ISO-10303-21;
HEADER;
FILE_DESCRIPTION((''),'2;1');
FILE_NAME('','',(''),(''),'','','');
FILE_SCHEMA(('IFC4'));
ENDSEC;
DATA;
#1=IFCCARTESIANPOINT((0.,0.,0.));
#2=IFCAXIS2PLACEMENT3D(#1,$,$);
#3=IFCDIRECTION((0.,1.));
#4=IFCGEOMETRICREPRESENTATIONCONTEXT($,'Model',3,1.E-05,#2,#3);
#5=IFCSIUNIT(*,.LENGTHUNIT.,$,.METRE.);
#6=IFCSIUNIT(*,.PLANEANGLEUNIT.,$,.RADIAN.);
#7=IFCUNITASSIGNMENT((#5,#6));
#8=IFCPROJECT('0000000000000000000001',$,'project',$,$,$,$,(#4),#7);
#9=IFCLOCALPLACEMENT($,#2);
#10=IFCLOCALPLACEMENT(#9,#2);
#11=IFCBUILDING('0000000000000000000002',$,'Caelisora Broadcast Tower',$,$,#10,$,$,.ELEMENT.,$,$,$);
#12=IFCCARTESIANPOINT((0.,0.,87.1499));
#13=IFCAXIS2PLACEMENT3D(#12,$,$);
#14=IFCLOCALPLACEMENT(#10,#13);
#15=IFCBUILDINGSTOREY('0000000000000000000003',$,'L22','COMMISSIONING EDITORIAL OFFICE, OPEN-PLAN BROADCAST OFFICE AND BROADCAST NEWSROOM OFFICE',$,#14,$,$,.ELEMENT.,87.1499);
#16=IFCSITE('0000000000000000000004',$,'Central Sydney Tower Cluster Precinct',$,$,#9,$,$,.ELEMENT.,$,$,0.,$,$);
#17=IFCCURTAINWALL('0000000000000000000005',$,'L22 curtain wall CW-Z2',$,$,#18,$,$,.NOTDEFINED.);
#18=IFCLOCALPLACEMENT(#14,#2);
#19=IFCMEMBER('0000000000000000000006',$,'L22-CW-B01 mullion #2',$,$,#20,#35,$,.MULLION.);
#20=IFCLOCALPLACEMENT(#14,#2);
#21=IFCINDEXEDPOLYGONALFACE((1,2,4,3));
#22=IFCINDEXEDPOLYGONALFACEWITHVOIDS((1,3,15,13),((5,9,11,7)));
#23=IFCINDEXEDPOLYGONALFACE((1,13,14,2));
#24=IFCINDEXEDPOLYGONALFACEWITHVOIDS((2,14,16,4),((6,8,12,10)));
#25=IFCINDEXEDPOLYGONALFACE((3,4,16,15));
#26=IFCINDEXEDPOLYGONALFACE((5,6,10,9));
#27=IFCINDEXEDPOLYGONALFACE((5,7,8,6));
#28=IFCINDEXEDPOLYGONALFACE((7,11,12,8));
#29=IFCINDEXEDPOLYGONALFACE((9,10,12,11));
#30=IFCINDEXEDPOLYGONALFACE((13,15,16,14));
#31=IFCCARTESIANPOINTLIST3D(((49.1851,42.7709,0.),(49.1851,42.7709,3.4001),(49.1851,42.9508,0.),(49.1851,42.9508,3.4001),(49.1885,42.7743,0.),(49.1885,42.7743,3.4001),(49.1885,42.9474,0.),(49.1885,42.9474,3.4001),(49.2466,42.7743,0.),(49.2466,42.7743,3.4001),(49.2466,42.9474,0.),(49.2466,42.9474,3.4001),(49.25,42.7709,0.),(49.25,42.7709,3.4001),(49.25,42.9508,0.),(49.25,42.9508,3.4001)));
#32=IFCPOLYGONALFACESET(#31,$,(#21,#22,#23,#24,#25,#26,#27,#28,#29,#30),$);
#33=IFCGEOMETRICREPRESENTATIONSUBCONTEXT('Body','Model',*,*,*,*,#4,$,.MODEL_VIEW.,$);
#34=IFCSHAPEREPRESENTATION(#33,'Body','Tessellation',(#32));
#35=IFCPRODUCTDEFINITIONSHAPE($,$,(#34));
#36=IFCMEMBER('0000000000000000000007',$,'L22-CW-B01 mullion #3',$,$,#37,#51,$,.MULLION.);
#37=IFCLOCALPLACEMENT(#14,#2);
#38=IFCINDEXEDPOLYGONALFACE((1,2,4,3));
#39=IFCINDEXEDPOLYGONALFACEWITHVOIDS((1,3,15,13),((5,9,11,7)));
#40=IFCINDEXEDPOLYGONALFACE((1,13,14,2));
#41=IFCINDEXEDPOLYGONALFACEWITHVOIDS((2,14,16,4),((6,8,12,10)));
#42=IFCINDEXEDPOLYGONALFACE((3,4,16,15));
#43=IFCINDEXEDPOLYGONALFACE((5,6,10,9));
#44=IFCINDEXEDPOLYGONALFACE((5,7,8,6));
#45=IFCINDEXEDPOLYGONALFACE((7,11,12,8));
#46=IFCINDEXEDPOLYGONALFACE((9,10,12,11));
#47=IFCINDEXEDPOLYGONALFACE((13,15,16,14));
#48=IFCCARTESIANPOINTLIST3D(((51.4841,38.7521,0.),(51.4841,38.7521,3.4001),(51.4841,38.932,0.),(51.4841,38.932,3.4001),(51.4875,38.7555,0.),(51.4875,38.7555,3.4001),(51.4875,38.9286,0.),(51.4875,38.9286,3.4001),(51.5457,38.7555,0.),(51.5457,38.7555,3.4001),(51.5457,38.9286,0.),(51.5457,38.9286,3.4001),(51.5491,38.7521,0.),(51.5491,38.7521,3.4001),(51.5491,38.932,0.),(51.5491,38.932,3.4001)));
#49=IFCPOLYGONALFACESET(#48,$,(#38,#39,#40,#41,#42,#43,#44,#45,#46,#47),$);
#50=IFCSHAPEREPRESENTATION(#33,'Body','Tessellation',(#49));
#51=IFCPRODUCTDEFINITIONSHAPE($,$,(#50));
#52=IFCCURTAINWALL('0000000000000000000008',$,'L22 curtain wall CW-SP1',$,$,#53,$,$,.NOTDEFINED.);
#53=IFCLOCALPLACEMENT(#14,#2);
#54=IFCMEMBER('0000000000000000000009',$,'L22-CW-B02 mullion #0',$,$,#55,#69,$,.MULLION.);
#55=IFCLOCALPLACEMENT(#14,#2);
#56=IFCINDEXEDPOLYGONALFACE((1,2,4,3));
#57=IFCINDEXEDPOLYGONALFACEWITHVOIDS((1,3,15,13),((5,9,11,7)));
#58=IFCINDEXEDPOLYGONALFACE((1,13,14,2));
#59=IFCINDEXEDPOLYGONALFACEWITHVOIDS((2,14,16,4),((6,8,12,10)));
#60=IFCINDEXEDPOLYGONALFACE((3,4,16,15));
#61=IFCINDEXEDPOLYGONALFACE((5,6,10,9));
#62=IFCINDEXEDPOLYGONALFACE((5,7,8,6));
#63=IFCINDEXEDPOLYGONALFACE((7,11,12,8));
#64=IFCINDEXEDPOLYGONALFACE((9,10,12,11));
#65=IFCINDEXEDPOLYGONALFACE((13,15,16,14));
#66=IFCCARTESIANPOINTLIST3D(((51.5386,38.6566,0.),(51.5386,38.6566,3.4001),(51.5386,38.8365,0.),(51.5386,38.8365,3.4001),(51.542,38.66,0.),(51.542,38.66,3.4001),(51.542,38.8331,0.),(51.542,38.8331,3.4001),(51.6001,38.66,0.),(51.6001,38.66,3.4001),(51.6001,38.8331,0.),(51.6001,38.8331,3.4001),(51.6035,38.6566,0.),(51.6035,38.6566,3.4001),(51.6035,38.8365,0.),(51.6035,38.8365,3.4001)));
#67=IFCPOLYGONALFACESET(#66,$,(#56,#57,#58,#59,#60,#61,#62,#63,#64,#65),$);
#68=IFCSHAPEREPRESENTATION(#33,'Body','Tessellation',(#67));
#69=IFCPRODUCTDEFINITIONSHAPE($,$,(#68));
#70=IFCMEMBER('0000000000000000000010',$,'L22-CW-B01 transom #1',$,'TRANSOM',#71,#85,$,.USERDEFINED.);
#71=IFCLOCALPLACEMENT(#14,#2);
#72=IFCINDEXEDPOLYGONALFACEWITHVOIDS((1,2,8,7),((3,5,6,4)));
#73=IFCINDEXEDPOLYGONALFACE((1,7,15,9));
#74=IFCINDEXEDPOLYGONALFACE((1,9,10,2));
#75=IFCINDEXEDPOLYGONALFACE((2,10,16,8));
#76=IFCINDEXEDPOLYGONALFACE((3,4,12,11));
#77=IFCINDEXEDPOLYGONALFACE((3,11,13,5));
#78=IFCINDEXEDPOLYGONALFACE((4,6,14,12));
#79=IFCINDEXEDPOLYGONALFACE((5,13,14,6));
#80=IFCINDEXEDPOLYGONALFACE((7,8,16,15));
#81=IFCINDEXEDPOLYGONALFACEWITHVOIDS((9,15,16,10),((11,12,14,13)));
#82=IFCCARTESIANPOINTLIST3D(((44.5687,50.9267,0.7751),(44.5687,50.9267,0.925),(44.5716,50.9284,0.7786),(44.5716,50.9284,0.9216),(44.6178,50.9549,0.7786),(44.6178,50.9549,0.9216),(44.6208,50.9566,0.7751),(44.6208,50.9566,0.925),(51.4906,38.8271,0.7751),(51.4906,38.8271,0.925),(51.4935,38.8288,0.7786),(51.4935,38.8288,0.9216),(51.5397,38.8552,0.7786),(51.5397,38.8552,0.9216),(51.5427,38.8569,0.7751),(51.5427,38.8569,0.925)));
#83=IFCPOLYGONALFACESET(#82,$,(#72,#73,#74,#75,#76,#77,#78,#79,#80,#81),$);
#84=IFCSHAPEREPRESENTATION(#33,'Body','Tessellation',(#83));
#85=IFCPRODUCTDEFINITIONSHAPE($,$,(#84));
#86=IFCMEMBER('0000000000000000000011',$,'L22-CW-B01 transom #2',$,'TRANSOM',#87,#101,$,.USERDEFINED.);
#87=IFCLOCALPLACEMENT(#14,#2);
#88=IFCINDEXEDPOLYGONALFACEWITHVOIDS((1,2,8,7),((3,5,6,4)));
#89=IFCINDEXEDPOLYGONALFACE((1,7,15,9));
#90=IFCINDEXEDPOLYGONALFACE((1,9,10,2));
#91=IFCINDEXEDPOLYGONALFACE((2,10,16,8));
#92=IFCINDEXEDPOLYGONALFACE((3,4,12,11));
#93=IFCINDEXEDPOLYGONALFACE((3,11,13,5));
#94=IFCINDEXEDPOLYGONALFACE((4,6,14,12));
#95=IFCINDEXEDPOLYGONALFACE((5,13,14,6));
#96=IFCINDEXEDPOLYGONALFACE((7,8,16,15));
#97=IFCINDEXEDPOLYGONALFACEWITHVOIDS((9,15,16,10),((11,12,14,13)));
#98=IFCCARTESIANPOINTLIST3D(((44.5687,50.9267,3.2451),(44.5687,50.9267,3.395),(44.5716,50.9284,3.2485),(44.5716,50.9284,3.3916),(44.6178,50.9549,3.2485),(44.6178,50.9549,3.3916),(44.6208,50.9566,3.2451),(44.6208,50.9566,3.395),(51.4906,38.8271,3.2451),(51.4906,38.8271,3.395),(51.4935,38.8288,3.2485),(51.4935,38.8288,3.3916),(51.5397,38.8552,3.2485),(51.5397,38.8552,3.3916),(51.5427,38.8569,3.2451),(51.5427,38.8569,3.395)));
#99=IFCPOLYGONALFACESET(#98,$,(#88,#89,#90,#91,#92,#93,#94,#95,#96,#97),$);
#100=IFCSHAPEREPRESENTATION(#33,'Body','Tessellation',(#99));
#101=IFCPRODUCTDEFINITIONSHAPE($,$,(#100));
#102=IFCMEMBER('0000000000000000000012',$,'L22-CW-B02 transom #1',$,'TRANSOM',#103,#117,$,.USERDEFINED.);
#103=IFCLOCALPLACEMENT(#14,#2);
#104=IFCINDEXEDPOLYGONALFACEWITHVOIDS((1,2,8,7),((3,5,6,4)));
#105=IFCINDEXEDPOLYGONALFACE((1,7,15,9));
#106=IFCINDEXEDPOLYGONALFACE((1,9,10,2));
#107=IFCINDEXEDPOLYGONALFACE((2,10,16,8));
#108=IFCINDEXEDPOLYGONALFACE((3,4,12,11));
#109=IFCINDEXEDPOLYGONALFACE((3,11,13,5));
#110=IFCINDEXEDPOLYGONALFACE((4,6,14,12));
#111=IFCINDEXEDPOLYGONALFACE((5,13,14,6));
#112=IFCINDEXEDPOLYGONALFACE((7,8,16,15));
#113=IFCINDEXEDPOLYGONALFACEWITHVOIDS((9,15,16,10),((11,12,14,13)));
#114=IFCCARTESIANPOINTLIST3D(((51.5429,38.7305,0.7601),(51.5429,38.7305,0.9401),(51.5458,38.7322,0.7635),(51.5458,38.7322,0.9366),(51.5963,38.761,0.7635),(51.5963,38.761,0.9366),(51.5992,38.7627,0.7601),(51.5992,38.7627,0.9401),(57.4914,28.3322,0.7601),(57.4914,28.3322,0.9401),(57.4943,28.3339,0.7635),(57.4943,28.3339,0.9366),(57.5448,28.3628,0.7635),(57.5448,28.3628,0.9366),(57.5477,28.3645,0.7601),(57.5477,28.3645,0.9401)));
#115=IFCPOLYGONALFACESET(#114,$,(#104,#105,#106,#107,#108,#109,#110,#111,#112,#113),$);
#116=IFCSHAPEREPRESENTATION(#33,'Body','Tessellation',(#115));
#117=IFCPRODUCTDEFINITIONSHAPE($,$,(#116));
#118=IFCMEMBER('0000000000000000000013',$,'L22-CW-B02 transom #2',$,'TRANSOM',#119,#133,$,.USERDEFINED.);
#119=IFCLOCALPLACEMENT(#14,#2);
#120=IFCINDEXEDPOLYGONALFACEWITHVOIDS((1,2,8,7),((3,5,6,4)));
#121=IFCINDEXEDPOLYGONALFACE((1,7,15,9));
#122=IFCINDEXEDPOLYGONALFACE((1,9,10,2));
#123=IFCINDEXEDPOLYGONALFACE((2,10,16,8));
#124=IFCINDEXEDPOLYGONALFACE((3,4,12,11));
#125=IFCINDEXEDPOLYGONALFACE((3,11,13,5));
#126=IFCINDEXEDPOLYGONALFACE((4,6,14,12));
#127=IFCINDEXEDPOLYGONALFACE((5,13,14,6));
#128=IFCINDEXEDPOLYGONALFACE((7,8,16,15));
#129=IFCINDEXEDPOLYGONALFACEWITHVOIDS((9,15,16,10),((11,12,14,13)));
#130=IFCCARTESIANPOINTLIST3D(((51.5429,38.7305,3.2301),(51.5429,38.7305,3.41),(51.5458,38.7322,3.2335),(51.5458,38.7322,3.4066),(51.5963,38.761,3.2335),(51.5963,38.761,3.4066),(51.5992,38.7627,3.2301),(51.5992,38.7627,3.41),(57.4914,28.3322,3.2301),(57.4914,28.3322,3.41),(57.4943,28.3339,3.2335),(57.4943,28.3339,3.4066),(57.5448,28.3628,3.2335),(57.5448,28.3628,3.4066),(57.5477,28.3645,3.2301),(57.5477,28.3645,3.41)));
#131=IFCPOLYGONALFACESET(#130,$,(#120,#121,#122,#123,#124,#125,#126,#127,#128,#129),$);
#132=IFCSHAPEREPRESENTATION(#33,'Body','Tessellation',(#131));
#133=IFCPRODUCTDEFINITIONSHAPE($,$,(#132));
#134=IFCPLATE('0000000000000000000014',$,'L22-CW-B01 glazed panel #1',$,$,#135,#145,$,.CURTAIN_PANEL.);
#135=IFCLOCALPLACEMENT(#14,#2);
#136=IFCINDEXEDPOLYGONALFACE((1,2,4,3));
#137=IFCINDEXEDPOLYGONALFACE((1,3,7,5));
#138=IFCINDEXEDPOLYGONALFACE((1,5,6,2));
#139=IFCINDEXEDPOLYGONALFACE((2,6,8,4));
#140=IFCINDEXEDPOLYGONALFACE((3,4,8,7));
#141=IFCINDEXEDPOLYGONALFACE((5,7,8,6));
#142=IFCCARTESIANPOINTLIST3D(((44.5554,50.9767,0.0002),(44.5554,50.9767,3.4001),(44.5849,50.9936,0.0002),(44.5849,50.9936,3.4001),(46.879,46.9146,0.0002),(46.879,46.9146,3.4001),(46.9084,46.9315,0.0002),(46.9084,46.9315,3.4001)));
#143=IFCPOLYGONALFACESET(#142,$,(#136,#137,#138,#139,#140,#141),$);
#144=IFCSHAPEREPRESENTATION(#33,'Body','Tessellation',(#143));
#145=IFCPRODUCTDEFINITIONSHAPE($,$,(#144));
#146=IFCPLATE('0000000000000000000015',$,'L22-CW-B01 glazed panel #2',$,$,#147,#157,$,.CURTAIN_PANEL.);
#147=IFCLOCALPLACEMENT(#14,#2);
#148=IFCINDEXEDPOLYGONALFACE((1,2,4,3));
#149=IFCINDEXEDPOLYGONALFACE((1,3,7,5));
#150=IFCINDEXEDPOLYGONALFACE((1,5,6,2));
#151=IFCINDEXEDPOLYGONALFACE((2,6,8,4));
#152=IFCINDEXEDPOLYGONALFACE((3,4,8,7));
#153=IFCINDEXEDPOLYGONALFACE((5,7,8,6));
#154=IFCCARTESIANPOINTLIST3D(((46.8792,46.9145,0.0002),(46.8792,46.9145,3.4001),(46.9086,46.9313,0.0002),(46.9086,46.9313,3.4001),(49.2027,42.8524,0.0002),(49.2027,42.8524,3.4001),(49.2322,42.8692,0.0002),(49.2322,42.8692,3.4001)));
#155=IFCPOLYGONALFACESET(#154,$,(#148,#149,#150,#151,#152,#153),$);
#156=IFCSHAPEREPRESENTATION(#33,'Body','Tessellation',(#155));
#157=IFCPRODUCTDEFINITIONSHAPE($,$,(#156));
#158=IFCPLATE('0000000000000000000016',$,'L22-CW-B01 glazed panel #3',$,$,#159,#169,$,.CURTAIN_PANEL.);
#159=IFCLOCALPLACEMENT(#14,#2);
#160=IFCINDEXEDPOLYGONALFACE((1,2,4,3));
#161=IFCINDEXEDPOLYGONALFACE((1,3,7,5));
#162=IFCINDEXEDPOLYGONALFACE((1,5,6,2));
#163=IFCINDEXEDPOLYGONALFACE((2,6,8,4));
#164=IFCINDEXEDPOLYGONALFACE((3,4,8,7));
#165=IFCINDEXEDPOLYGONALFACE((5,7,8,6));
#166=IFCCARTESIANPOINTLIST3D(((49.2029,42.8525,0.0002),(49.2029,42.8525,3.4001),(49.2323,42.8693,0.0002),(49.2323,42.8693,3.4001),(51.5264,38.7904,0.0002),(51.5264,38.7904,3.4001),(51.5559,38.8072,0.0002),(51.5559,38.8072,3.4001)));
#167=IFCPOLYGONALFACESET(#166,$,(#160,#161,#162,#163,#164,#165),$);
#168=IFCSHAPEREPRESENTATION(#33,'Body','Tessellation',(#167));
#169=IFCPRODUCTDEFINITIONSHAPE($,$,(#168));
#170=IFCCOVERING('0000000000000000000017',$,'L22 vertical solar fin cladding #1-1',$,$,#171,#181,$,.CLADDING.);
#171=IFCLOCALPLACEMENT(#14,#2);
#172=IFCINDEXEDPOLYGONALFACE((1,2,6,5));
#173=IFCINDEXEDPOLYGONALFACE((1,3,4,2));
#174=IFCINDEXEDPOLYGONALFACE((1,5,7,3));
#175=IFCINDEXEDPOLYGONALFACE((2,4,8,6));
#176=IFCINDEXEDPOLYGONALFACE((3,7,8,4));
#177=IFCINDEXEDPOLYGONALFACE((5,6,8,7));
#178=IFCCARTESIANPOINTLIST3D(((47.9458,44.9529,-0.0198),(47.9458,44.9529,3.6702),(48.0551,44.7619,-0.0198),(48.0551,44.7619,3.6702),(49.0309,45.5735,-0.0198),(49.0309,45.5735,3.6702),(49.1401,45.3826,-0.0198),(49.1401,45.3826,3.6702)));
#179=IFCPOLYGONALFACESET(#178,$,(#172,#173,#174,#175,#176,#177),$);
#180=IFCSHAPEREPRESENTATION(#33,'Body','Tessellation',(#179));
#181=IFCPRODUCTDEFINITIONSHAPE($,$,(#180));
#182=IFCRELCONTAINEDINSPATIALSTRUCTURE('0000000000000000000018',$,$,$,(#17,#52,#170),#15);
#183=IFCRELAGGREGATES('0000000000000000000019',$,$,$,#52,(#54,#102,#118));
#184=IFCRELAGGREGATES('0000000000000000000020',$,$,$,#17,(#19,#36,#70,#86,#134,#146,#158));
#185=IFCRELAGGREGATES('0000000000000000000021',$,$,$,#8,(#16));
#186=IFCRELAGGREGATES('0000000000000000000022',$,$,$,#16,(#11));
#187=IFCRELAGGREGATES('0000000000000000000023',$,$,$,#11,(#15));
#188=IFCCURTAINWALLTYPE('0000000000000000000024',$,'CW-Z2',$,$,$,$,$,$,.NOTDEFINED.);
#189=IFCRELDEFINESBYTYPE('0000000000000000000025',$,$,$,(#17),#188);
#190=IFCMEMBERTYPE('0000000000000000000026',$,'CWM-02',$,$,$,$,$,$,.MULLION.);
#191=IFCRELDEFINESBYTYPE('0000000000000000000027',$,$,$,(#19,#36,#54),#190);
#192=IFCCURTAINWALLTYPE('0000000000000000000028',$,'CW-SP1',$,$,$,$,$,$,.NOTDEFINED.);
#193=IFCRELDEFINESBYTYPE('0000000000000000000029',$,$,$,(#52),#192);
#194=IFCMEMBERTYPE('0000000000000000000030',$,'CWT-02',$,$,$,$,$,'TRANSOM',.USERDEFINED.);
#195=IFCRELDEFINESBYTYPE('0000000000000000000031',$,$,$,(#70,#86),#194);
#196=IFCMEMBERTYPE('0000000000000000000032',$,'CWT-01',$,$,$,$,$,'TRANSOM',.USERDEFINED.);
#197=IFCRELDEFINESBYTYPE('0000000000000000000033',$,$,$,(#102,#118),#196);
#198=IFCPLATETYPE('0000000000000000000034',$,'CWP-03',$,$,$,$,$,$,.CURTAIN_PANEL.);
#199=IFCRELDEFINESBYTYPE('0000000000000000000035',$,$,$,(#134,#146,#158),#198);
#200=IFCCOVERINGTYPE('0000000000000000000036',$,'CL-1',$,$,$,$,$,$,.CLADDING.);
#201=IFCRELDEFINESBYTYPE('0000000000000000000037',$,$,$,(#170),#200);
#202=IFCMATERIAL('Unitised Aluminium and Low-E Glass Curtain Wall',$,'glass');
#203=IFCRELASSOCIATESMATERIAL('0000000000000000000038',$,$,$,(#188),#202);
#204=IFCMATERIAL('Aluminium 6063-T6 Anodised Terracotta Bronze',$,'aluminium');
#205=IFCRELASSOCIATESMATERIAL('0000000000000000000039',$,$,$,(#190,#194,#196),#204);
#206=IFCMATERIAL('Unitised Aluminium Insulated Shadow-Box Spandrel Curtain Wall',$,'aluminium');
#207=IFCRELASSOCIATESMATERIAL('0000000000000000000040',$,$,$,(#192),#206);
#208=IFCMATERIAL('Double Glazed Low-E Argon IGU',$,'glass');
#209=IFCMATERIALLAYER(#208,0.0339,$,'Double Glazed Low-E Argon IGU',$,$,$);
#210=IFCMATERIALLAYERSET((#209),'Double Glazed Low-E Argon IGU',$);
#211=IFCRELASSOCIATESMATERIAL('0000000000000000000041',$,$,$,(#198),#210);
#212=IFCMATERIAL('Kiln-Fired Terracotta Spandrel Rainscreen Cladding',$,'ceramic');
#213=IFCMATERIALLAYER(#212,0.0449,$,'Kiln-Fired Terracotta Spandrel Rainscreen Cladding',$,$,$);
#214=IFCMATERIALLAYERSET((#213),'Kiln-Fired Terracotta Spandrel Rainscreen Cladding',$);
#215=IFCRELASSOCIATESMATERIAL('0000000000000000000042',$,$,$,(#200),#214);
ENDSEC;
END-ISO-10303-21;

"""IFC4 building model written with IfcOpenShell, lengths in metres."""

from ifc_helpers import new_model, si_unit, direction, frame, origin, origin_2d, place, context, subcontext, project, spatial, rectangle, hollow_rectangle, extrude, source, transform, mapped, material, layer, layer_set, material_profile, profile_set, type_object, type_shapes, element, aggregate, save


model = new_model("IFC4")

# Units and contexts
model_context = context("Model", 3, precision=1e-05, world=origin(), true_north=direction((0.0, 1.0)))
body_context = subcontext(model_context, "Body", "Model", "MODEL_VIEW")
ifc_project = project(units=[si_unit("LENGTHUNIT", "METRE"), si_unit("PLANEANGLEUNIT", "RADIAN")], contexts=[model_context])

# Site, building, storey
site_placement = place(None, origin())
site = spatial("IfcSite", under=ifc_project, at=site_placement, Name="Central Sydney Tower Cluster Precinct", CompositionType="ELEMENT", RefElevation=0.0)
building_placement = place(site_placement, origin())
building = spatial("IfcBuilding", under=site, at=building_placement, Name="Caelisora Broadcast Tower", CompositionType="ELEMENT")
storey_placement = place(building_placement, frame((0.0, 0.0, 87.1499)))
storey = spatial("IfcBuildingStorey", under=building, at=storey_placement, Name="L22", Description="COMMISSIONING EDITORIAL OFFICE, OPEN-PLAN BROADCAST OFFICE AND BROADCAST NEWSROOM OFFICE", CompositionType="ELEMENT", Elevation=87.1499)

# Curtain wall, members
ifc_material_1 = material(Name="Unitised Aluminium and Low-E Glass Curtain Wall", Category="glass")
curtain_wall_type_1 = type_object("IfcCurtainWallType", Name="CW-Z2", PredefinedType="NOTDEFINED", material=ifc_material_1)
curtain_wall_1_placement = place(storey_placement, origin())
curtain_wall_1 = element("IfcCurtainWall", 1, at=curtain_wall_1_placement, inside=storey, type_object=curtain_wall_type_1, Name="L22 curtain wall CW-Z2", PredefinedType="NOTDEFINED")
ifc_material_2 = material(Name="Aluminium 6063-T6 Anodised Terracotta Bronze", Category="aluminium")
ifc_material_profile_1 = material_profile(ifc_material_2, hollow_rectangle(XDim=0.0649, YDim=0.1799, WallThickness=0.0034, at=origin_2d()), Name="Aluminium 6063-T6 Anodised Terracotta Bronze")
ifc_profile_set_1 = profile_set([ifc_material_profile_1], Name="Aluminium 6063-T6 Anodised Terracotta Bronze")
member_type_1 = type_object("IfcMemberType", Name="CWM-02", PredefinedType="MULLION", material=ifc_profile_set_1)
shared_shape_1 = source(origin(), body_context, "Body", "SweptSolid", [
    extrude(hollow_rectangle(XDim=0.0649, YDim=0.1799, WallThickness=0.0034, at=origin_2d()), origin(), (0.0, 0.0, 1.0), 3.4001),
])
type_shapes(member_type_1, [shared_shape_1])
member_1_placement = place(storey_placement, frame((49.2175, 42.8608, 0.0), z_axis=(0.0, 0.0, 1.0), x_axis=(1.0, 0.0, 0.0)))
member_1 = element("IfcMember", 2, at=member_1_placement, type_object=member_type_1, Name="L22-CW-B01 mullion #2", PredefinedType="MULLION", context=body_context, shape_type="MappedRepresentation", body=[
    mapped(shared_shape_1, transform((0.0, 0.0, 0.0), scale=1.0)),
])
member_2_placement = place(storey_placement, frame((51.5166, 38.842, 0.0), z_axis=(0.0, 0.0, 1.0), x_axis=(1.0, 0.0, 0.0)))
member_2 = element("IfcMember", 3, at=member_2_placement, type_object=member_type_1, Name="L22-CW-B01 mullion #3", PredefinedType="MULLION", context=body_context, shape_type="MappedRepresentation", body=[
    mapped(shared_shape_1, transform((0.0, 0.0, 0.0), scale=1.0)),
])

# Curtain wall, member
ifc_material_3 = material(Name="Unitised Aluminium Insulated Shadow-Box Spandrel Curtain Wall", Category="aluminium")
curtain_wall_type_2 = type_object("IfcCurtainWallType", Name="CW-SP1", PredefinedType="NOTDEFINED", material=ifc_material_3)
curtain_wall_2_placement = place(storey_placement, origin())
curtain_wall_2 = element("IfcCurtainWall", 4, at=curtain_wall_2_placement, inside=storey, type_object=curtain_wall_type_2, Name="L22 curtain wall CW-SP1", PredefinedType="NOTDEFINED")
member_3_placement = place(storey_placement, frame((51.571, 38.7466, 0.0), z_axis=(0.0, 0.0, 1.0), x_axis=(1.0, 0.0, 0.0)))
member_3 = element("IfcMember", 5, at=member_3_placement, type_object=member_type_1, Name="L22-CW-B02 mullion #0", PredefinedType="MULLION", context=body_context, shape_type="MappedRepresentation", body=[
    mapped(shared_shape_1, transform((0.0, 0.0, 0.0), scale=1.0)),
])

# Members
ifc_material_profile_2 = material_profile(ifc_material_2, hollow_rectangle(XDim=0.0601, YDim=0.1499, WallThickness=0.0034, at=origin_2d()), Name="Aluminium 6063-T6 Anodised Terracotta Bronze")
ifc_profile_set_2 = profile_set([ifc_material_profile_2], Name="Aluminium 6063-T6 Anodised Terracotta Bronze")
member_type_2 = type_object("IfcMemberType", Name="CWT-02", ElementType="TRANSOM", PredefinedType="USERDEFINED", material=ifc_profile_set_2)
shared_shape_2 = source(origin(), body_context, "Body", "SweptSolid", [
    extrude(hollow_rectangle(XDim=0.0601, YDim=0.1499, WallThickness=0.0034, at=origin_2d()), origin(), (0.0, 0.0, 1.0), 13.9397),
])
type_shapes(member_type_2, [shared_shape_2])
member_4_placement = place(storey_placement, frame((44.5947, 50.9417, 0.8501), z_axis=(0.496561, -0.868002, 0.0), x_axis=(0.868002, 0.496561, 0.0)))
member_4 = element("IfcMember", 6, at=member_4_placement, type_object=member_type_2, Name="L22-CW-B01 transom #1", ObjectType="TRANSOM", PredefinedType="USERDEFINED", context=body_context, shape_type="MappedRepresentation", body=[
    mapped(shared_shape_2, transform((0.0, 0.0, 0.0), scale=1.0)),
])
member_5_placement = place(storey_placement, frame((44.5947, 50.9417, 3.3201), z_axis=(0.496561, -0.868002, 0.0), x_axis=(0.868002, 0.496561, 0.0)))
member_5 = element("IfcMember", 7, at=member_5_placement, type_object=member_type_2, Name="L22-CW-B01 transom #2", ObjectType="TRANSOM", PredefinedType="USERDEFINED", context=body_context, shape_type="MappedRepresentation", body=[
    mapped(shared_shape_2, transform((0.0, 0.0, 0.0), scale=1.0)),
])
ifc_material_profile_3 = material_profile(ifc_material_2, hollow_rectangle(XDim=0.0649, YDim=0.1799, WallThickness=0.0034, at=origin_2d()), Name="Aluminium 6063-T6 Anodised Terracotta Bronze")
ifc_profile_set_3 = profile_set([ifc_material_profile_3], Name="Aluminium 6063-T6 Anodised Terracotta Bronze")
member_type_3 = type_object("IfcMemberType", Name="CWT-01", ElementType="TRANSOM", PredefinedType="USERDEFINED", material=ifc_profile_set_3)
shared_shape_3 = source(origin(), body_context, "Body", "SweptSolid", [
    extrude(hollow_rectangle(XDim=0.0649, YDim=0.1799, WallThickness=0.0034, at=origin_2d()), origin(), (0.0, 0.0, 1.0), 11.9795),
])
type_shapes(member_type_3, [shared_shape_3])
member_6_placement = place(storey_placement, frame((51.571, 38.7466, 0.8501), z_axis=(0.496558, -0.868003, 0.0), x_axis=(0.868003, 0.496558, 0.0)))
member_6 = element("IfcMember", 8, at=member_6_placement, type_object=member_type_3, Name="L22-CW-B02 transom #1", ObjectType="TRANSOM", PredefinedType="USERDEFINED", context=body_context, shape_type="MappedRepresentation", body=[
    mapped(shared_shape_3, transform((0.0, 0.0, 0.0), scale=1.0)),
])
member_7_placement = place(storey_placement, frame((51.571, 38.7466, 3.3201), z_axis=(0.496558, -0.868003, 0.0), x_axis=(0.868003, 0.496558, 0.0)))
member_7 = element("IfcMember", 9, at=member_7_placement, type_object=member_type_3, Name="L22-CW-B02 transom #2", ObjectType="TRANSOM", PredefinedType="USERDEFINED", context=body_context, shape_type="MappedRepresentation", body=[
    mapped(shared_shape_3, transform((0.0, 0.0, 0.0), scale=1.0)),
])
aggregate(curtain_wall_2, [member_3, member_6, member_7])

# Plates
ifc_material_4 = material(Name="Double Glazed Low-E Argon IGU", Category="glass")
ifc_layer_1 = layer(ifc_material_4, 0.0339, Name="Double Glazed Low-E Argon IGU")
ifc_layer_set_1 = layer_set([ifc_layer_1], Name="Double Glazed Low-E Argon IGU")
plate_type = type_object("IfcPlateType", Name="CWP-03", PredefinedType="CURTAIN_PANEL", material=ifc_layer_set_1)
shared_shape_4 = source(origin(), body_context, "Body", "SweptSolid", [
    extrude(rectangle(XDim=4.6797, YDim=0.0339, at=origin_2d()), origin(), (0.0, 0.0, 1.0), 3.3999),
])
type_shapes(plate_type, [shared_shape_4])
plate_1_placement = place(storey_placement, frame((45.7319, 48.9541, 0.0002), z_axis=(0.0, 0.0, 1.0), x_axis=(0.49652, -0.868026, 0.0)))
plate_1 = element("IfcPlate", 10, at=plate_1_placement, type_object=plate_type, Name="L22-CW-B01 glazed panel #1", PredefinedType="CURTAIN_PANEL", context=body_context, shape_type="MappedRepresentation", body=[
    mapped(shared_shape_4, transform((0.0, 0.0, 0.0), scale=1.0)),
])
plate_2_placement = place(storey_placement, frame((48.0557, 44.8918, 0.0002), z_axis=(0.0, 0.0, 1.0), x_axis=(0.49652, -0.868026, 0.0)))
plate_2 = element("IfcPlate", 11, at=plate_2_placement, type_object=plate_type, Name="L22-CW-B01 glazed panel #2", PredefinedType="CURTAIN_PANEL", context=body_context, shape_type="MappedRepresentation", body=[
    mapped(shared_shape_4, transform((0.0, 0.0, 0.0), scale=1.0)),
])
plate_3_placement = place(storey_placement, frame((50.3794, 40.8298, 0.0002), z_axis=(0.0, 0.0, 1.0), x_axis=(0.49652, -0.868026, 0.0)))
plate_3 = element("IfcPlate", 12, at=plate_3_placement, type_object=plate_type, Name="L22-CW-B01 glazed panel #3", PredefinedType="CURTAIN_PANEL", context=body_context, shape_type="MappedRepresentation", body=[
    mapped(shared_shape_4, transform((0.0, 0.0, 0.0), scale=1.0)),
])
aggregate(curtain_wall_1, [member_1, member_2, member_4, member_5, plate_1, plate_2, plate_3])

# Covering
ifc_material_5 = material(Name="Kiln-Fired Terracotta Spandrel Rainscreen Cladding", Category="ceramic")
ifc_layer_2 = layer(ifc_material_5, 0.0449, Name="Kiln-Fired Terracotta Spandrel Rainscreen Cladding")
ifc_layer_set_2 = layer_set([ifc_layer_2], Name="Kiln-Fired Terracotta Spandrel Rainscreen Cladding")
covering_type = type_object("IfcCoveringType", Name="CL-1", PredefinedType="CLADDING", material=ifc_layer_set_2)
shared_shape_5 = source(origin(), body_context, "Body", "SweptSolid", [
    extrude(rectangle(XDim=0.22, YDim=1.25, at=origin_2d()), origin(), (0.0, 0.0, 1.0), 3.6899),
])
type_shapes(covering_type, [shared_shape_5])
for number, where, z_axis, x_axis, name in (
    (13, (48.543, 45.1677, -0.0198), (0.0, 0.0, 1.0), (0.49652, -0.868026, 0.0), "L22 vertical solar fin cladding #1-1"),
):
    element("IfcCovering", number, at=place(storey_placement, frame(where, z_axis=z_axis, x_axis=x_axis)), inside=storey, type_object=covering_type, Name=name, PredefinedType="CLADDING", context=body_context, shape_type="MappedRepresentation", body=[
        mapped(shared_shape_5, transform((0.0, 0.0, 0.0), scale=1.0)),
    ])

save(model, "model.ifc")
